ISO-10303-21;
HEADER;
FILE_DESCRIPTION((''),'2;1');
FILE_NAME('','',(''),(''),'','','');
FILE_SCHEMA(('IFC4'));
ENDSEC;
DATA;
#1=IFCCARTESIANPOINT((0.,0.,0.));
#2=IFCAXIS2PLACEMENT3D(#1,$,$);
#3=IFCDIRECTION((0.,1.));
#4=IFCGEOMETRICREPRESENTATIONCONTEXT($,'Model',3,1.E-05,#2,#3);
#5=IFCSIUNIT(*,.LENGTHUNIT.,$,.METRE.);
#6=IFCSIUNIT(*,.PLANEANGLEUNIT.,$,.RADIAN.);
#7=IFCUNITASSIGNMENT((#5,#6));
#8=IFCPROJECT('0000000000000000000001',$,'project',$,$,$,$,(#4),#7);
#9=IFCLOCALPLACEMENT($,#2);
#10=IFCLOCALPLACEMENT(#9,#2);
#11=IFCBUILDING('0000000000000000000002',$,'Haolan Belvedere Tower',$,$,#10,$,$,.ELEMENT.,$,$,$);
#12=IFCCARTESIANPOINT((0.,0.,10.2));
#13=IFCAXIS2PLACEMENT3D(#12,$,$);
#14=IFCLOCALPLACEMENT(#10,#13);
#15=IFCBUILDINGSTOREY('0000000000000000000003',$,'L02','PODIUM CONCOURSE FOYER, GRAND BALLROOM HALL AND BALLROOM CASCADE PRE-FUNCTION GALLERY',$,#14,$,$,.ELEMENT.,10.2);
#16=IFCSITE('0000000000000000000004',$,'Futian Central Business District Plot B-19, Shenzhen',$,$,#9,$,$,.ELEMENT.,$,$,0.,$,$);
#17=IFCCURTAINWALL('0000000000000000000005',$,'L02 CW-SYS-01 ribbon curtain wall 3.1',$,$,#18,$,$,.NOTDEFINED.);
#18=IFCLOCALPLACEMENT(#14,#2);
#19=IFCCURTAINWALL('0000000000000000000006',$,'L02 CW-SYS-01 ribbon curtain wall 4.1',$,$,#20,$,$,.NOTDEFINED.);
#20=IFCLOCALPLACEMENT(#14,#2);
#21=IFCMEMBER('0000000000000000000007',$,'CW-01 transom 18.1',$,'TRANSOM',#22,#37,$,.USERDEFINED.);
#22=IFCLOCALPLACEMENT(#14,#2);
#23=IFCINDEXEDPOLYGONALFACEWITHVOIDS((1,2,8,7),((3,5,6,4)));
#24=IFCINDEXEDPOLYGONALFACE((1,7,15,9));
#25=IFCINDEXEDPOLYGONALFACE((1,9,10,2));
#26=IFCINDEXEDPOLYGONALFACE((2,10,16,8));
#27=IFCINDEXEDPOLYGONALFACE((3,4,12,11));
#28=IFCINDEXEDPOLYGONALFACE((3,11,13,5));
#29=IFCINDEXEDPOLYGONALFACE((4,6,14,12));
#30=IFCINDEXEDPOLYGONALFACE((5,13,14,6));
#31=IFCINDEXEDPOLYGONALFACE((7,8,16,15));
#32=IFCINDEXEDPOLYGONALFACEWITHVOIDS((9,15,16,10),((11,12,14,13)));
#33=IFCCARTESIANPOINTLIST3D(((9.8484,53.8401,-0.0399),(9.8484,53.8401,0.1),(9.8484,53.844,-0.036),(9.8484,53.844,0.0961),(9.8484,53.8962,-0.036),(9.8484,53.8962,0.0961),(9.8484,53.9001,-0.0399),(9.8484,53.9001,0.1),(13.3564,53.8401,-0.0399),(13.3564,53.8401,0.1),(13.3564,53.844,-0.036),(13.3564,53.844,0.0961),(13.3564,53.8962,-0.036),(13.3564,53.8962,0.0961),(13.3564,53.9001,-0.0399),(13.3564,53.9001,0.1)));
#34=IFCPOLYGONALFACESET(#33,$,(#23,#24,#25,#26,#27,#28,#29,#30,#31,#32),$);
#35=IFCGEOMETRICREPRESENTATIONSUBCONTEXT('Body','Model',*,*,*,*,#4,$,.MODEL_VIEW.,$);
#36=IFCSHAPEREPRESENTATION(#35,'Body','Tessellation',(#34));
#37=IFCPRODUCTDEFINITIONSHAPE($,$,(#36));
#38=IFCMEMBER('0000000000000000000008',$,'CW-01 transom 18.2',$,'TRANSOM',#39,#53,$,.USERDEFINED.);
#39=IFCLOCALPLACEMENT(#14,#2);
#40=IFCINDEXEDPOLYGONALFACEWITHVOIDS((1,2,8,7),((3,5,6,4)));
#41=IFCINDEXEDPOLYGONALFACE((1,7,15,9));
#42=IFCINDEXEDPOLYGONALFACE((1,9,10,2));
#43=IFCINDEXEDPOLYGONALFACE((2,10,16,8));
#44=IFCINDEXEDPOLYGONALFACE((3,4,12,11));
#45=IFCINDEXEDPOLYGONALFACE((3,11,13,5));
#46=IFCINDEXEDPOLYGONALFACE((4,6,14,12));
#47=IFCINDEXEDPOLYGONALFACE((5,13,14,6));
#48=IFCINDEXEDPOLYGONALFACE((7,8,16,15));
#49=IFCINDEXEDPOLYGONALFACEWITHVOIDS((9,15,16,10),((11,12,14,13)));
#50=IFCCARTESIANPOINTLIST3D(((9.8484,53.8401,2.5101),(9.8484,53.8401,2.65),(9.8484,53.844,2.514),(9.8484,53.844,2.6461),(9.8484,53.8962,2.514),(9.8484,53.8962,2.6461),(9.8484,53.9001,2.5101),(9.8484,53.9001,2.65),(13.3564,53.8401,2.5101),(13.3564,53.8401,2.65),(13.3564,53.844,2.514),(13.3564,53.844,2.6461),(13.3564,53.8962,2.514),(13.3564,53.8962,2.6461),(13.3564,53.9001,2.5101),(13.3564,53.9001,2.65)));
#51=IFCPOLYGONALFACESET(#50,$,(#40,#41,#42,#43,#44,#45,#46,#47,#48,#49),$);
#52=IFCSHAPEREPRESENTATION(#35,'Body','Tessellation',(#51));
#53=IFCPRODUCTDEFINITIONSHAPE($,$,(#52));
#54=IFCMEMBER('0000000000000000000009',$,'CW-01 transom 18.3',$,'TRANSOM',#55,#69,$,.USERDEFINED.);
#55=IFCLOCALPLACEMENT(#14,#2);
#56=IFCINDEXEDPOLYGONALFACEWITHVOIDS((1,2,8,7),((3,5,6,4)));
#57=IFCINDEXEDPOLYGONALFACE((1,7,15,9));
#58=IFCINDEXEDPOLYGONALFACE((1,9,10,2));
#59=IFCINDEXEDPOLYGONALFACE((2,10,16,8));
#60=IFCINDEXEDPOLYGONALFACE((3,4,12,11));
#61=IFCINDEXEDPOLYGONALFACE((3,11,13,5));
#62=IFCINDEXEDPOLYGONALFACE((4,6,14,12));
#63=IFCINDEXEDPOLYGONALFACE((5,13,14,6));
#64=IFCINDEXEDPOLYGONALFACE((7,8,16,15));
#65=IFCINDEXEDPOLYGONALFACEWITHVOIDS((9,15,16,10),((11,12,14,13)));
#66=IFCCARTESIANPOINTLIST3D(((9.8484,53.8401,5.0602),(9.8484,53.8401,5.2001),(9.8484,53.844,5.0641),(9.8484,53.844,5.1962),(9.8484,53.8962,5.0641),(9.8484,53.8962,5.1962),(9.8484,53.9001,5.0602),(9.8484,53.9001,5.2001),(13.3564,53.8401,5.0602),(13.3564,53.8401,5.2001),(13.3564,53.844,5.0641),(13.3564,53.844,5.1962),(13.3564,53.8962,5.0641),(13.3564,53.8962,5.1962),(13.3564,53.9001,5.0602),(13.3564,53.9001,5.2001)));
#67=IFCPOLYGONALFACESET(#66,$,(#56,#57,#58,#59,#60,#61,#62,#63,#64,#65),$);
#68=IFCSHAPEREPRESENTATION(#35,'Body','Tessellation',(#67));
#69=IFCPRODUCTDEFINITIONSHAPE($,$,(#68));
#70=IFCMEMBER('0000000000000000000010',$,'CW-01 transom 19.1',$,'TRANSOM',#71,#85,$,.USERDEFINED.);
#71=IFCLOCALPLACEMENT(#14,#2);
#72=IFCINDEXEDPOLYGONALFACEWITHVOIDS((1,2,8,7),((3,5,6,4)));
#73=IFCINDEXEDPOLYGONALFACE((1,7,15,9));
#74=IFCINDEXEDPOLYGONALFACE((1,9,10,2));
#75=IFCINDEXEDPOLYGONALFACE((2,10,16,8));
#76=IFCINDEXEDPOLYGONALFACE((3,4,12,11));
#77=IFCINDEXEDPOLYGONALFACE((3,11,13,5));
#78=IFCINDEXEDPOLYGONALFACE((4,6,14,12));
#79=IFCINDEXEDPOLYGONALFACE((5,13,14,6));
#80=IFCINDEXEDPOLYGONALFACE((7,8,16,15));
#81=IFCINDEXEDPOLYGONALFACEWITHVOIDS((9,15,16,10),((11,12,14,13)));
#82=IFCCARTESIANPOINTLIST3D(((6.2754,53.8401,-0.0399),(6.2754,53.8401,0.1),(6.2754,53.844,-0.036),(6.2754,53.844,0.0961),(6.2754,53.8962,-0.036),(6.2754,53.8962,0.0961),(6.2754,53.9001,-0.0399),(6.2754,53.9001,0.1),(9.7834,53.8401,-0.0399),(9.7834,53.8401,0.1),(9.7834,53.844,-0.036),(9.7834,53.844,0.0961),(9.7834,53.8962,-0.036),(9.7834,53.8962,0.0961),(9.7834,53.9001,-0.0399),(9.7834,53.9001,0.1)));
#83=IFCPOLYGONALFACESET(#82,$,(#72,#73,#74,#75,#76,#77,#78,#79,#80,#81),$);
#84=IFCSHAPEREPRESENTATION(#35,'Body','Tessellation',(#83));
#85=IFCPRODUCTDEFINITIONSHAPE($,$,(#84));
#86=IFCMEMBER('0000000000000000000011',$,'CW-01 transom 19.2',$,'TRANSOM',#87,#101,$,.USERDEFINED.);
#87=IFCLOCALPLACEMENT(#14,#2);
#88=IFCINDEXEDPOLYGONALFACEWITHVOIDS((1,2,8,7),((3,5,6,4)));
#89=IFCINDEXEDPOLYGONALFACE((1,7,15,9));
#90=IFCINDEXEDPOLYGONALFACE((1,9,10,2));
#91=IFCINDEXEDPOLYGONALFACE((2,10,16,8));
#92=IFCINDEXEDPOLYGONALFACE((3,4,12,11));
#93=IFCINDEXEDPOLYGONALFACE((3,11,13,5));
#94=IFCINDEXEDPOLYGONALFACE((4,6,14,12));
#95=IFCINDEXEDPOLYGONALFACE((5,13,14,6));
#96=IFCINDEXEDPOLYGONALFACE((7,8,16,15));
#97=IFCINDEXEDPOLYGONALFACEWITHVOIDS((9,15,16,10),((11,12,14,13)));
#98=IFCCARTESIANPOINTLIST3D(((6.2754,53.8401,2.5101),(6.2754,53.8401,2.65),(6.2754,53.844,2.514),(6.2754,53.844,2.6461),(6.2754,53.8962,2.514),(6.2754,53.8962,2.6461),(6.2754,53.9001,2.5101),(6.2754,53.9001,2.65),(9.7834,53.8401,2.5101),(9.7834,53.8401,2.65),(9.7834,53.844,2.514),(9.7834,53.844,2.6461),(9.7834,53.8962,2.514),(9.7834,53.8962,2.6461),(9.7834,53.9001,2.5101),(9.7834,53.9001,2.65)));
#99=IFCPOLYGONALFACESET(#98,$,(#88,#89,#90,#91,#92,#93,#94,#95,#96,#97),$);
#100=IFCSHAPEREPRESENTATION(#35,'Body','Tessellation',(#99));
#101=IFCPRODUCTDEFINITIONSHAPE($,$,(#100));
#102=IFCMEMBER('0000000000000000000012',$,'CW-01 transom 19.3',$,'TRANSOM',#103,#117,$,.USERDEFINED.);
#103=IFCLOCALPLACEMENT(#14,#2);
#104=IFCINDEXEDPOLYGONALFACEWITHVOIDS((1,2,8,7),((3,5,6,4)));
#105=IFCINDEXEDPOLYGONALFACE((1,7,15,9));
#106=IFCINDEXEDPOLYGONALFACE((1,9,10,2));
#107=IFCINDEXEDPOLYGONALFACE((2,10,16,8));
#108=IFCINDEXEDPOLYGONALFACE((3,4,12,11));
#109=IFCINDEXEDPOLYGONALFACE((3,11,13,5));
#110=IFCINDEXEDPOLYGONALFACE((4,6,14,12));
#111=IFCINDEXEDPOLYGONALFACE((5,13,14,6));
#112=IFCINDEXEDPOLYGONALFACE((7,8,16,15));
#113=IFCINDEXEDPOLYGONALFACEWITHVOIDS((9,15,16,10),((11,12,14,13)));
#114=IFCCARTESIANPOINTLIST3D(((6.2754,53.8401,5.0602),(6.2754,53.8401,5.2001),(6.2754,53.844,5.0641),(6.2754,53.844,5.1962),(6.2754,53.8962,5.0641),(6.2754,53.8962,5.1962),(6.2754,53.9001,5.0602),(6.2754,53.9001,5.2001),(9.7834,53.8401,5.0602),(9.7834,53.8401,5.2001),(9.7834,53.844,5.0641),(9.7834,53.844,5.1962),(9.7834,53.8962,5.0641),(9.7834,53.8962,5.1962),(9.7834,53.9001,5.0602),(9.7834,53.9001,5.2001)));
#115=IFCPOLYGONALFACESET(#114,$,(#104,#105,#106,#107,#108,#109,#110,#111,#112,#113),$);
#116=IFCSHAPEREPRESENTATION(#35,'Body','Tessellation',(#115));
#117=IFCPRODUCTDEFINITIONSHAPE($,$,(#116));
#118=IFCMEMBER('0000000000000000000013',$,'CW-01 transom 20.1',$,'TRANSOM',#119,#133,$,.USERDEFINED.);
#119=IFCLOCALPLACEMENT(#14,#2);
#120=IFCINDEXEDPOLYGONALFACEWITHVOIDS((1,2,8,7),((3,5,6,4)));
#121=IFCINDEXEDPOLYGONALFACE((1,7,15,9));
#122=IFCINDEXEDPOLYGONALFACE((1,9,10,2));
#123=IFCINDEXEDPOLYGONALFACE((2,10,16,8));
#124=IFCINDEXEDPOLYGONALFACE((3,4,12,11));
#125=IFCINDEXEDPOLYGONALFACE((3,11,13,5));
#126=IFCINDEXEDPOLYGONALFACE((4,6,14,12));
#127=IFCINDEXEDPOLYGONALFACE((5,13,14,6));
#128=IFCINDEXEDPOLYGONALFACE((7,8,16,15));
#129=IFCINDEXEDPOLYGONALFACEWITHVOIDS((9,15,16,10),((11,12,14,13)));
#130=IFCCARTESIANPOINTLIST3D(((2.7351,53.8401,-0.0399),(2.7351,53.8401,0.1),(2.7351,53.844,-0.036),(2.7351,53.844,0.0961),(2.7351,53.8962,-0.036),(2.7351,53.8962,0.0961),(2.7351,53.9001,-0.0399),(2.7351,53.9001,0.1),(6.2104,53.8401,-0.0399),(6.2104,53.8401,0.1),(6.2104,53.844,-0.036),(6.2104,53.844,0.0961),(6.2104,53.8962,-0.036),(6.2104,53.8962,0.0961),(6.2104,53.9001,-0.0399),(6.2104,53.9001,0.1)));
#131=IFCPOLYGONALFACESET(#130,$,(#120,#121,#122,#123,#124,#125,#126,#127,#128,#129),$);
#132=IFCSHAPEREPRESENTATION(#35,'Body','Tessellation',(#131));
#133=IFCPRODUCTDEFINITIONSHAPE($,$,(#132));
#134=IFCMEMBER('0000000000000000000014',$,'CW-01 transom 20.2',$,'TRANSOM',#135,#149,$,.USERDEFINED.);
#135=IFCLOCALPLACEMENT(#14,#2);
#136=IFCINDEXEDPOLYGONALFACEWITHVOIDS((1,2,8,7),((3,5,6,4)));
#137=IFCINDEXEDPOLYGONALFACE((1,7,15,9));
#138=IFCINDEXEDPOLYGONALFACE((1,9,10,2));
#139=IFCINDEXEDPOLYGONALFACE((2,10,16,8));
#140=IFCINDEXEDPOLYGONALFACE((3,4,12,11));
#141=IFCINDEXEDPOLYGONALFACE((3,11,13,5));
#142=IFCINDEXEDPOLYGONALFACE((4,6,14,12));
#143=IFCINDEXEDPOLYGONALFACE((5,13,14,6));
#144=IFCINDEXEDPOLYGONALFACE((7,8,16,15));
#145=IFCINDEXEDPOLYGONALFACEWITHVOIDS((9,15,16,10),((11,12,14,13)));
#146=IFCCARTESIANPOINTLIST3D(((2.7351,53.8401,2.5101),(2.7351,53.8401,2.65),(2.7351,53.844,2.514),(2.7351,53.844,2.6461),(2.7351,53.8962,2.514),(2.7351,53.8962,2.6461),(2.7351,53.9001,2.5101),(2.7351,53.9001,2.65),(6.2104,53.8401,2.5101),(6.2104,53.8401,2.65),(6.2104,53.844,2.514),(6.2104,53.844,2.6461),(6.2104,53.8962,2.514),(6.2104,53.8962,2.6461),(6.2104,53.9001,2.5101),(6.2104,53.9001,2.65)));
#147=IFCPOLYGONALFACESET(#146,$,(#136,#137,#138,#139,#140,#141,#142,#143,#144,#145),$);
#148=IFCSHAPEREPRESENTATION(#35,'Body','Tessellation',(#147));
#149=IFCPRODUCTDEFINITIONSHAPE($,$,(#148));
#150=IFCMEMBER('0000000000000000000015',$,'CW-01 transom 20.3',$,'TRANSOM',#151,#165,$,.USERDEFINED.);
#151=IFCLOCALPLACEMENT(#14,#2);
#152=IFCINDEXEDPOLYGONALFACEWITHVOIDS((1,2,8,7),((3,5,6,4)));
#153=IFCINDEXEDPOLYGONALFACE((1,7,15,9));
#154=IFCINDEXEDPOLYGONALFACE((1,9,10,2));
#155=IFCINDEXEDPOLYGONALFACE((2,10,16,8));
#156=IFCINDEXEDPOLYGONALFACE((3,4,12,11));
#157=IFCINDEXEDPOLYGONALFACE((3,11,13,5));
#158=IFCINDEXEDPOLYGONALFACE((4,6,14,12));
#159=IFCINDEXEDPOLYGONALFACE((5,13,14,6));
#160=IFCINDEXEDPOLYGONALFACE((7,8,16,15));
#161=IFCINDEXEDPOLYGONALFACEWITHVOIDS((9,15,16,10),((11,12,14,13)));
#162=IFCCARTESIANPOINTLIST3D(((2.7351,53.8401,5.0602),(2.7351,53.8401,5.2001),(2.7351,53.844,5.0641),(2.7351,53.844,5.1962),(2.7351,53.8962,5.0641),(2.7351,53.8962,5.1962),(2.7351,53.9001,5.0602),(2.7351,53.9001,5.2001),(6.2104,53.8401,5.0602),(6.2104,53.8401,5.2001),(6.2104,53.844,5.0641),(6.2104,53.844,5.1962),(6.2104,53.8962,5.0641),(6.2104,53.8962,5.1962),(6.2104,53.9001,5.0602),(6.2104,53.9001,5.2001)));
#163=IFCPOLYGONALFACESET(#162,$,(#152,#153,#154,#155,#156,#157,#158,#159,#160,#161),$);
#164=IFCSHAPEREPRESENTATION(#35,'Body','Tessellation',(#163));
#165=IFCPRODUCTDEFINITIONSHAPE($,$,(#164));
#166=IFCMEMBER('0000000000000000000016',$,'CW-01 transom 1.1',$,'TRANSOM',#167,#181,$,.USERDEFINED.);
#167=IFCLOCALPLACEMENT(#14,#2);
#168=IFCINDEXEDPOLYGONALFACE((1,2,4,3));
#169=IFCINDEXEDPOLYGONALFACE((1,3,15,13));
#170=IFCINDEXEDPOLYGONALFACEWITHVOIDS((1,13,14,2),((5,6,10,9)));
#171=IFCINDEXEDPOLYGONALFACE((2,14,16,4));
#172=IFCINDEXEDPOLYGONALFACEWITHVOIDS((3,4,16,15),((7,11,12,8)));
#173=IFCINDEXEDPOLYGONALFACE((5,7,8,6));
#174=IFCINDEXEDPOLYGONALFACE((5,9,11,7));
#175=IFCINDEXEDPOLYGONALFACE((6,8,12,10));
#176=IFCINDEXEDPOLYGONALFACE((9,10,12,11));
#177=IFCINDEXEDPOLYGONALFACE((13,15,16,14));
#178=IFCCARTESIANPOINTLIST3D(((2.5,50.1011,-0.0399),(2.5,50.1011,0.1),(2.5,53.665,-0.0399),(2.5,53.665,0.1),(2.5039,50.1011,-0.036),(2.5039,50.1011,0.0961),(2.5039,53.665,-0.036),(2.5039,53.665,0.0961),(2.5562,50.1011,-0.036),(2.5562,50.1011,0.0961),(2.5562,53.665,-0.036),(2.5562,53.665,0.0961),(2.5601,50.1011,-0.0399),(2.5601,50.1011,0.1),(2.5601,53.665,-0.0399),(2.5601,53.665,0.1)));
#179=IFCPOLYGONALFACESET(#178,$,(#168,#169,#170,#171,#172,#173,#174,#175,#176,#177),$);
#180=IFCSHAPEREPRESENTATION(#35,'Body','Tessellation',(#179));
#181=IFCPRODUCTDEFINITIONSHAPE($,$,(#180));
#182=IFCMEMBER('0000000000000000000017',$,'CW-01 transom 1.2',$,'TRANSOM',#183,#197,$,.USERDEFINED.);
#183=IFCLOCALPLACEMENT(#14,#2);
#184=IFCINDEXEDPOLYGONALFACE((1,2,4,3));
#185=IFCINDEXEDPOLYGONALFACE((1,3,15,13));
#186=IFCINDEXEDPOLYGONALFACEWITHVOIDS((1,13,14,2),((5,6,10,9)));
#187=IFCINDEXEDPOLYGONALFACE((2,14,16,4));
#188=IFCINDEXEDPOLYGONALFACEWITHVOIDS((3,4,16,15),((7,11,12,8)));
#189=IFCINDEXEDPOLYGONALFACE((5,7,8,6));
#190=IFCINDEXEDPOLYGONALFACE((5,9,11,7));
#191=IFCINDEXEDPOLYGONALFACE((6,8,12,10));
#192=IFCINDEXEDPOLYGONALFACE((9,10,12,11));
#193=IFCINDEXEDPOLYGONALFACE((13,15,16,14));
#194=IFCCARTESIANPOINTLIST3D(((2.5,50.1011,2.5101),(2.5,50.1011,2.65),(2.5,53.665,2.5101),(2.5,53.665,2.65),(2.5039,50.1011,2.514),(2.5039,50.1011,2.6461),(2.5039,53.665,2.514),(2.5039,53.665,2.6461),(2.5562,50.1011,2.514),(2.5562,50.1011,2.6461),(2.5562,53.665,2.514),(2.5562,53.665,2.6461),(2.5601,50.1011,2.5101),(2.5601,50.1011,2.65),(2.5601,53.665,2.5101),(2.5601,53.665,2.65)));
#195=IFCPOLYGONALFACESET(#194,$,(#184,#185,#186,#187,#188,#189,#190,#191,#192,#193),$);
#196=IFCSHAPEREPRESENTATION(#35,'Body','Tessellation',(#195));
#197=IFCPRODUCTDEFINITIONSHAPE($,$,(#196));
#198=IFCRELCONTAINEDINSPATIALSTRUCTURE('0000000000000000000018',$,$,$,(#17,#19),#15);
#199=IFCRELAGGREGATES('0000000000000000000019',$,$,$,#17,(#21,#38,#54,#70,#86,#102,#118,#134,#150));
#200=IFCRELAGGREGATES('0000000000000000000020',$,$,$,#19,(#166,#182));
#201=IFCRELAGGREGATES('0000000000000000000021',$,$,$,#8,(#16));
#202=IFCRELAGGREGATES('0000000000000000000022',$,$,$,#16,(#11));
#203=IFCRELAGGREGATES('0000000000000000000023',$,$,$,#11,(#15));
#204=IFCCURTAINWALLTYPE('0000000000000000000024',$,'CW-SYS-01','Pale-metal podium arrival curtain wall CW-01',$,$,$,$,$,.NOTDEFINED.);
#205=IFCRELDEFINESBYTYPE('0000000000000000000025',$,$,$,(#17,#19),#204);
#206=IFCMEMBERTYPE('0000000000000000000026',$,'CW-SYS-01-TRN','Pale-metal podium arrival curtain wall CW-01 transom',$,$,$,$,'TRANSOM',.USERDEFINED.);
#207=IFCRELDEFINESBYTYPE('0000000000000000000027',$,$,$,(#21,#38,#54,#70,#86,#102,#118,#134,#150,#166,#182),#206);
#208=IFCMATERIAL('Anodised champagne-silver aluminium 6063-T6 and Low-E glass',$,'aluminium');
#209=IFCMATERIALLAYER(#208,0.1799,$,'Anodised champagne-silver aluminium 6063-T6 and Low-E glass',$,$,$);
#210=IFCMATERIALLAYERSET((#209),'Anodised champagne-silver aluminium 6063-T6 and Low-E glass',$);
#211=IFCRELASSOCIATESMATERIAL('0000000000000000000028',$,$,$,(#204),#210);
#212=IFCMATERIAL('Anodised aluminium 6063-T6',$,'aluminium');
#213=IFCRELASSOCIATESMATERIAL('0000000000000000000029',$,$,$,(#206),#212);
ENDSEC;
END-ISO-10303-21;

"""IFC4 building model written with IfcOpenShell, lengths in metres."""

from ifc_helpers import new_model, si_unit, direction, frame, origin, origin_2d, place, context, subcontext, project, spatial, hollow_rectangle, extrude, material, layer, layer_set, material_profile, profile_set, type_object, element, aggregate, save


model = new_model("IFC4")

# Units and contexts
model_context = context("Model", 3, precision=1e-05, world=origin(), true_north=direction((0.0, 1.0)))
body_context = subcontext(model_context, "Body", "Model", "MODEL_VIEW")
ifc_project = project(units=[si_unit("LENGTHUNIT", "METRE"), si_unit("PLANEANGLEUNIT", "RADIAN")], contexts=[model_context])

# Site, building, storey
site_placement = place(None, origin())
site = spatial("IfcSite", under=ifc_project, at=site_placement, Name="Futian Central Business District Plot B-19, Shenzhen", CompositionType="ELEMENT", RefElevation=0.0)
building_placement = place(site_placement, origin())
building = spatial("IfcBuilding", under=site, at=building_placement, Name="Haolan Belvedere Tower", CompositionType="ELEMENT")
storey_placement = place(building_placement, frame((0.0, 0.0, 10.2)))
storey = spatial("IfcBuildingStorey", under=building, at=storey_placement, Name="L02", Description="PODIUM CONCOURSE FOYER, GRAND BALLROOM HALL AND BALLROOM CASCADE PRE-FUNCTION GALLERY", CompositionType="ELEMENT", Elevation=10.2)

# Curtain wall
ifc_material_1 = material(Name="Anodised champagne-silver aluminium 6063-T6 and Low-E glass", Category="aluminium")
ifc_layer_1 = layer(ifc_material_1, 0.1799, Name="Anodised champagne-silver aluminium 6063-T6 and Low-E glass")
ifc_layer_set_1 = layer_set([ifc_layer_1], Name="Anodised champagne-silver aluminium 6063-T6 and Low-E glass")
curtain_wall_type = type_object("IfcCurtainWallType", Name="CW-SYS-01", Description="Pale-metal podium arrival curtain wall CW-01", PredefinedType="NOTDEFINED", material=ifc_layer_set_1)
curtain_wall_1_placement = place(storey_placement, origin())
curtain_wall_1 = element("IfcCurtainWall", 1, at=curtain_wall_1_placement, inside=storey, type_object=curtain_wall_type, Name="L02 CW-SYS-01 ribbon curtain wall 3.1", PredefinedType="NOTDEFINED")
ifc_material_2 = material(Name="Anodised aluminium 6063-T6", Category="aluminium")

# Curtain wall
curtain_wall_2_placement = place(storey_placement, origin())
curtain_wall_2 = element("IfcCurtainWall", 2, at=curtain_wall_2_placement, inside=storey, type_object=curtain_wall_type, Name="L02 CW-SYS-01 ribbon curtain wall 4.1", PredefinedType="NOTDEFINED")

# Members
ifc_material_profile_1 = material_profile(ifc_material_2, hollow_rectangle(XDim=0.0601, YDim=0.1399, WallThickness=0.0039, at=origin_2d()), Name="Anodised aluminium 6063-T6")
ifc_profile_set_1 = profile_set([ifc_material_profile_1], Name="Anodised aluminium 6063-T6")
member_type_1 = type_object("IfcMemberType", Name="CW-SYS-01-TRN", Description="Pale-metal podium arrival curtain wall CW-01 transom", ElementType="TRANSOM", PredefinedType="USERDEFINED", material=ifc_profile_set_1)
member_1_placement = place(storey_placement, frame((13.3564, 53.8701, 0.03), z_axis=(-1.0, 0.0, 0.0), x_axis=(0.0, -1.0, 0.0)))
member_1 = element("IfcMember", 3, at=member_1_placement, type_object=member_type_1, Name="CW-01 transom 18.1", ObjectType="TRANSOM", PredefinedType="USERDEFINED", context=body_context, shape_type="SweptSolid", body=[
    extrude(hollow_rectangle(XDim=0.0601, YDim=0.1399, WallThickness=0.0039, at=origin_2d()), origin(), (0.0, 0.0, 1.0), 3.5081),
])
member_2_placement = place(storey_placement, frame((13.3564, 53.8701, 2.5801), z_axis=(-1.0, 0.0, 0.0), x_axis=(0.0, -1.0, 0.0)))
member_2 = element("IfcMember", 4, at=member_2_placement, type_object=member_type_1, Name="CW-01 transom 18.2", ObjectType="TRANSOM", PredefinedType="USERDEFINED", context=body_context, shape_type="SweptSolid", body=[
    extrude(hollow_rectangle(XDim=0.0601, YDim=0.1399, WallThickness=0.0039, at=origin_2d()), origin(), (0.0, 0.0, 1.0), 3.5081),
])
member_3_placement = place(storey_placement, frame((13.3564, 53.8701, 5.1301), z_axis=(-1.0, 0.0, 0.0), x_axis=(0.0, -1.0, 0.0)))
member_3 = element("IfcMember", 5, at=member_3_placement, type_object=member_type_1, Name="CW-01 transom 18.3", ObjectType="TRANSOM", PredefinedType="USERDEFINED", context=body_context, shape_type="SweptSolid", body=[
    extrude(hollow_rectangle(XDim=0.0601, YDim=0.1399, WallThickness=0.0039, at=origin_2d()), origin(), (0.0, 0.0, 1.0), 3.5081),
])
member_4_placement = place(storey_placement, frame((9.7834, 53.8701, 0.03), z_axis=(-1.0, 0.0, 0.0), x_axis=(0.0, -1.0, 0.0)))
member_4 = element("IfcMember", 6, at=member_4_placement, type_object=member_type_1, Name="CW-01 transom 19.1", ObjectType="TRANSOM", PredefinedType="USERDEFINED", context=body_context, shape_type="SweptSolid", body=[
    extrude(hollow_rectangle(XDim=0.0601, YDim=0.1399, WallThickness=0.0039, at=origin_2d()), origin(), (0.0, 0.0, 1.0), 3.5081),
])
member_5_placement = place(storey_placement, frame((9.7834, 53.8701, 2.5801), z_axis=(-1.0, 0.0, 0.0), x_axis=(0.0, -1.0, 0.0)))
member_5 = element("IfcMember", 7, at=member_5_placement, type_object=member_type_1, Name="CW-01 transom 19.2", ObjectType="TRANSOM", PredefinedType="USERDEFINED", context=body_context, shape_type="SweptSolid", body=[
    extrude(hollow_rectangle(XDim=0.0601, YDim=0.1399, WallThickness=0.0039, at=origin_2d()), origin(), (0.0, 0.0, 1.0), 3.5081),
])
member_6_placement = place(storey_placement, frame((9.7834, 53.8701, 5.1301), z_axis=(-1.0, 0.0, 0.0), x_axis=(0.0, -1.0, 0.0)))
member_6 = element("IfcMember", 8, at=member_6_placement, type_object=member_type_1, Name="CW-01 transom 19.3", ObjectType="TRANSOM", PredefinedType="USERDEFINED", context=body_context, shape_type="SweptSolid", body=[
    extrude(hollow_rectangle(XDim=0.0601, YDim=0.1399, WallThickness=0.0039, at=origin_2d()), origin(), (0.0, 0.0, 1.0), 3.5081),
])
member_7_placement = place(storey_placement, frame((6.2104, 53.8701, 0.03), z_axis=(-1.0, 0.0, 0.0), x_axis=(0.0, -1.0, 0.0)))
member_7 = element("IfcMember", 9, at=member_7_placement, type_object=member_type_1, Name="CW-01 transom 20.1", ObjectType="TRANSOM", PredefinedType="USERDEFINED", context=body_context, shape_type="SweptSolid", body=[
    extrude(hollow_rectangle(XDim=0.0601, YDim=0.1399, WallThickness=0.0039, at=origin_2d()), origin(), (0.0, 0.0, 1.0), 3.4753),
])
member_8_placement = place(storey_placement, frame((6.2104, 53.8701, 2.5801), z_axis=(-1.0, 0.0, 0.0), x_axis=(0.0, -1.0, 0.0)))
member_8 = element("IfcMember", 10, at=member_8_placement, type_object=member_type_1, Name="CW-01 transom 20.2", ObjectType="TRANSOM", PredefinedType="USERDEFINED", context=body_context, shape_type="SweptSolid", body=[
    extrude(hollow_rectangle(XDim=0.0601, YDim=0.1399, WallThickness=0.0039, at=origin_2d()), origin(), (0.0, 0.0, 1.0), 3.4753),
])
member_9_placement = place(storey_placement, frame((6.2104, 53.8701, 5.1301), z_axis=(-1.0, 0.0, 0.0), x_axis=(0.0, -1.0, 0.0)))
member_9 = element("IfcMember", 11, at=member_9_placement, type_object=member_type_1, Name="CW-01 transom 20.3", ObjectType="TRANSOM", PredefinedType="USERDEFINED", context=body_context, shape_type="SweptSolid", body=[
    extrude(hollow_rectangle(XDim=0.0601, YDim=0.1399, WallThickness=0.0039, at=origin_2d()), origin(), (0.0, 0.0, 1.0), 3.4753),
])
member_10_placement = place(storey_placement, frame((2.53, 53.665, 0.03), z_axis=(0.0, -1.0, 0.0), x_axis=(1.0, 0.0, 0.0)))
member_10 = element("IfcMember", 12, at=member_10_placement, type_object=member_type_1, Name="CW-01 transom 1.1", ObjectType="TRANSOM", PredefinedType="USERDEFINED", context=body_context, shape_type="SweptSolid", body=[
    extrude(hollow_rectangle(XDim=0.0601, YDim=0.1399, WallThickness=0.0039, at=origin_2d()), origin(), (0.0, 0.0, 1.0), 3.564),
])
member_11_placement = place(storey_placement, frame((2.53, 53.665, 2.5801), z_axis=(0.0, -1.0, 0.0), x_axis=(1.0, 0.0, 0.0)))
member_11 = element("IfcMember", 13, at=member_11_placement, type_object=member_type_1, Name="CW-01 transom 1.2", ObjectType="TRANSOM", PredefinedType="USERDEFINED", context=body_context, shape_type="SweptSolid", body=[
    extrude(hollow_rectangle(XDim=0.0601, YDim=0.1399, WallThickness=0.0039, at=origin_2d()), origin(), (0.0, 0.0, 1.0), 3.564),
])

aggregate(curtain_wall_1, [member_1, member_2, member_3, member_4, member_5, member_6, member_7, member_8, member_9])
aggregate(curtain_wall_2, [member_10, member_11])

save(model, "model.ifc")
